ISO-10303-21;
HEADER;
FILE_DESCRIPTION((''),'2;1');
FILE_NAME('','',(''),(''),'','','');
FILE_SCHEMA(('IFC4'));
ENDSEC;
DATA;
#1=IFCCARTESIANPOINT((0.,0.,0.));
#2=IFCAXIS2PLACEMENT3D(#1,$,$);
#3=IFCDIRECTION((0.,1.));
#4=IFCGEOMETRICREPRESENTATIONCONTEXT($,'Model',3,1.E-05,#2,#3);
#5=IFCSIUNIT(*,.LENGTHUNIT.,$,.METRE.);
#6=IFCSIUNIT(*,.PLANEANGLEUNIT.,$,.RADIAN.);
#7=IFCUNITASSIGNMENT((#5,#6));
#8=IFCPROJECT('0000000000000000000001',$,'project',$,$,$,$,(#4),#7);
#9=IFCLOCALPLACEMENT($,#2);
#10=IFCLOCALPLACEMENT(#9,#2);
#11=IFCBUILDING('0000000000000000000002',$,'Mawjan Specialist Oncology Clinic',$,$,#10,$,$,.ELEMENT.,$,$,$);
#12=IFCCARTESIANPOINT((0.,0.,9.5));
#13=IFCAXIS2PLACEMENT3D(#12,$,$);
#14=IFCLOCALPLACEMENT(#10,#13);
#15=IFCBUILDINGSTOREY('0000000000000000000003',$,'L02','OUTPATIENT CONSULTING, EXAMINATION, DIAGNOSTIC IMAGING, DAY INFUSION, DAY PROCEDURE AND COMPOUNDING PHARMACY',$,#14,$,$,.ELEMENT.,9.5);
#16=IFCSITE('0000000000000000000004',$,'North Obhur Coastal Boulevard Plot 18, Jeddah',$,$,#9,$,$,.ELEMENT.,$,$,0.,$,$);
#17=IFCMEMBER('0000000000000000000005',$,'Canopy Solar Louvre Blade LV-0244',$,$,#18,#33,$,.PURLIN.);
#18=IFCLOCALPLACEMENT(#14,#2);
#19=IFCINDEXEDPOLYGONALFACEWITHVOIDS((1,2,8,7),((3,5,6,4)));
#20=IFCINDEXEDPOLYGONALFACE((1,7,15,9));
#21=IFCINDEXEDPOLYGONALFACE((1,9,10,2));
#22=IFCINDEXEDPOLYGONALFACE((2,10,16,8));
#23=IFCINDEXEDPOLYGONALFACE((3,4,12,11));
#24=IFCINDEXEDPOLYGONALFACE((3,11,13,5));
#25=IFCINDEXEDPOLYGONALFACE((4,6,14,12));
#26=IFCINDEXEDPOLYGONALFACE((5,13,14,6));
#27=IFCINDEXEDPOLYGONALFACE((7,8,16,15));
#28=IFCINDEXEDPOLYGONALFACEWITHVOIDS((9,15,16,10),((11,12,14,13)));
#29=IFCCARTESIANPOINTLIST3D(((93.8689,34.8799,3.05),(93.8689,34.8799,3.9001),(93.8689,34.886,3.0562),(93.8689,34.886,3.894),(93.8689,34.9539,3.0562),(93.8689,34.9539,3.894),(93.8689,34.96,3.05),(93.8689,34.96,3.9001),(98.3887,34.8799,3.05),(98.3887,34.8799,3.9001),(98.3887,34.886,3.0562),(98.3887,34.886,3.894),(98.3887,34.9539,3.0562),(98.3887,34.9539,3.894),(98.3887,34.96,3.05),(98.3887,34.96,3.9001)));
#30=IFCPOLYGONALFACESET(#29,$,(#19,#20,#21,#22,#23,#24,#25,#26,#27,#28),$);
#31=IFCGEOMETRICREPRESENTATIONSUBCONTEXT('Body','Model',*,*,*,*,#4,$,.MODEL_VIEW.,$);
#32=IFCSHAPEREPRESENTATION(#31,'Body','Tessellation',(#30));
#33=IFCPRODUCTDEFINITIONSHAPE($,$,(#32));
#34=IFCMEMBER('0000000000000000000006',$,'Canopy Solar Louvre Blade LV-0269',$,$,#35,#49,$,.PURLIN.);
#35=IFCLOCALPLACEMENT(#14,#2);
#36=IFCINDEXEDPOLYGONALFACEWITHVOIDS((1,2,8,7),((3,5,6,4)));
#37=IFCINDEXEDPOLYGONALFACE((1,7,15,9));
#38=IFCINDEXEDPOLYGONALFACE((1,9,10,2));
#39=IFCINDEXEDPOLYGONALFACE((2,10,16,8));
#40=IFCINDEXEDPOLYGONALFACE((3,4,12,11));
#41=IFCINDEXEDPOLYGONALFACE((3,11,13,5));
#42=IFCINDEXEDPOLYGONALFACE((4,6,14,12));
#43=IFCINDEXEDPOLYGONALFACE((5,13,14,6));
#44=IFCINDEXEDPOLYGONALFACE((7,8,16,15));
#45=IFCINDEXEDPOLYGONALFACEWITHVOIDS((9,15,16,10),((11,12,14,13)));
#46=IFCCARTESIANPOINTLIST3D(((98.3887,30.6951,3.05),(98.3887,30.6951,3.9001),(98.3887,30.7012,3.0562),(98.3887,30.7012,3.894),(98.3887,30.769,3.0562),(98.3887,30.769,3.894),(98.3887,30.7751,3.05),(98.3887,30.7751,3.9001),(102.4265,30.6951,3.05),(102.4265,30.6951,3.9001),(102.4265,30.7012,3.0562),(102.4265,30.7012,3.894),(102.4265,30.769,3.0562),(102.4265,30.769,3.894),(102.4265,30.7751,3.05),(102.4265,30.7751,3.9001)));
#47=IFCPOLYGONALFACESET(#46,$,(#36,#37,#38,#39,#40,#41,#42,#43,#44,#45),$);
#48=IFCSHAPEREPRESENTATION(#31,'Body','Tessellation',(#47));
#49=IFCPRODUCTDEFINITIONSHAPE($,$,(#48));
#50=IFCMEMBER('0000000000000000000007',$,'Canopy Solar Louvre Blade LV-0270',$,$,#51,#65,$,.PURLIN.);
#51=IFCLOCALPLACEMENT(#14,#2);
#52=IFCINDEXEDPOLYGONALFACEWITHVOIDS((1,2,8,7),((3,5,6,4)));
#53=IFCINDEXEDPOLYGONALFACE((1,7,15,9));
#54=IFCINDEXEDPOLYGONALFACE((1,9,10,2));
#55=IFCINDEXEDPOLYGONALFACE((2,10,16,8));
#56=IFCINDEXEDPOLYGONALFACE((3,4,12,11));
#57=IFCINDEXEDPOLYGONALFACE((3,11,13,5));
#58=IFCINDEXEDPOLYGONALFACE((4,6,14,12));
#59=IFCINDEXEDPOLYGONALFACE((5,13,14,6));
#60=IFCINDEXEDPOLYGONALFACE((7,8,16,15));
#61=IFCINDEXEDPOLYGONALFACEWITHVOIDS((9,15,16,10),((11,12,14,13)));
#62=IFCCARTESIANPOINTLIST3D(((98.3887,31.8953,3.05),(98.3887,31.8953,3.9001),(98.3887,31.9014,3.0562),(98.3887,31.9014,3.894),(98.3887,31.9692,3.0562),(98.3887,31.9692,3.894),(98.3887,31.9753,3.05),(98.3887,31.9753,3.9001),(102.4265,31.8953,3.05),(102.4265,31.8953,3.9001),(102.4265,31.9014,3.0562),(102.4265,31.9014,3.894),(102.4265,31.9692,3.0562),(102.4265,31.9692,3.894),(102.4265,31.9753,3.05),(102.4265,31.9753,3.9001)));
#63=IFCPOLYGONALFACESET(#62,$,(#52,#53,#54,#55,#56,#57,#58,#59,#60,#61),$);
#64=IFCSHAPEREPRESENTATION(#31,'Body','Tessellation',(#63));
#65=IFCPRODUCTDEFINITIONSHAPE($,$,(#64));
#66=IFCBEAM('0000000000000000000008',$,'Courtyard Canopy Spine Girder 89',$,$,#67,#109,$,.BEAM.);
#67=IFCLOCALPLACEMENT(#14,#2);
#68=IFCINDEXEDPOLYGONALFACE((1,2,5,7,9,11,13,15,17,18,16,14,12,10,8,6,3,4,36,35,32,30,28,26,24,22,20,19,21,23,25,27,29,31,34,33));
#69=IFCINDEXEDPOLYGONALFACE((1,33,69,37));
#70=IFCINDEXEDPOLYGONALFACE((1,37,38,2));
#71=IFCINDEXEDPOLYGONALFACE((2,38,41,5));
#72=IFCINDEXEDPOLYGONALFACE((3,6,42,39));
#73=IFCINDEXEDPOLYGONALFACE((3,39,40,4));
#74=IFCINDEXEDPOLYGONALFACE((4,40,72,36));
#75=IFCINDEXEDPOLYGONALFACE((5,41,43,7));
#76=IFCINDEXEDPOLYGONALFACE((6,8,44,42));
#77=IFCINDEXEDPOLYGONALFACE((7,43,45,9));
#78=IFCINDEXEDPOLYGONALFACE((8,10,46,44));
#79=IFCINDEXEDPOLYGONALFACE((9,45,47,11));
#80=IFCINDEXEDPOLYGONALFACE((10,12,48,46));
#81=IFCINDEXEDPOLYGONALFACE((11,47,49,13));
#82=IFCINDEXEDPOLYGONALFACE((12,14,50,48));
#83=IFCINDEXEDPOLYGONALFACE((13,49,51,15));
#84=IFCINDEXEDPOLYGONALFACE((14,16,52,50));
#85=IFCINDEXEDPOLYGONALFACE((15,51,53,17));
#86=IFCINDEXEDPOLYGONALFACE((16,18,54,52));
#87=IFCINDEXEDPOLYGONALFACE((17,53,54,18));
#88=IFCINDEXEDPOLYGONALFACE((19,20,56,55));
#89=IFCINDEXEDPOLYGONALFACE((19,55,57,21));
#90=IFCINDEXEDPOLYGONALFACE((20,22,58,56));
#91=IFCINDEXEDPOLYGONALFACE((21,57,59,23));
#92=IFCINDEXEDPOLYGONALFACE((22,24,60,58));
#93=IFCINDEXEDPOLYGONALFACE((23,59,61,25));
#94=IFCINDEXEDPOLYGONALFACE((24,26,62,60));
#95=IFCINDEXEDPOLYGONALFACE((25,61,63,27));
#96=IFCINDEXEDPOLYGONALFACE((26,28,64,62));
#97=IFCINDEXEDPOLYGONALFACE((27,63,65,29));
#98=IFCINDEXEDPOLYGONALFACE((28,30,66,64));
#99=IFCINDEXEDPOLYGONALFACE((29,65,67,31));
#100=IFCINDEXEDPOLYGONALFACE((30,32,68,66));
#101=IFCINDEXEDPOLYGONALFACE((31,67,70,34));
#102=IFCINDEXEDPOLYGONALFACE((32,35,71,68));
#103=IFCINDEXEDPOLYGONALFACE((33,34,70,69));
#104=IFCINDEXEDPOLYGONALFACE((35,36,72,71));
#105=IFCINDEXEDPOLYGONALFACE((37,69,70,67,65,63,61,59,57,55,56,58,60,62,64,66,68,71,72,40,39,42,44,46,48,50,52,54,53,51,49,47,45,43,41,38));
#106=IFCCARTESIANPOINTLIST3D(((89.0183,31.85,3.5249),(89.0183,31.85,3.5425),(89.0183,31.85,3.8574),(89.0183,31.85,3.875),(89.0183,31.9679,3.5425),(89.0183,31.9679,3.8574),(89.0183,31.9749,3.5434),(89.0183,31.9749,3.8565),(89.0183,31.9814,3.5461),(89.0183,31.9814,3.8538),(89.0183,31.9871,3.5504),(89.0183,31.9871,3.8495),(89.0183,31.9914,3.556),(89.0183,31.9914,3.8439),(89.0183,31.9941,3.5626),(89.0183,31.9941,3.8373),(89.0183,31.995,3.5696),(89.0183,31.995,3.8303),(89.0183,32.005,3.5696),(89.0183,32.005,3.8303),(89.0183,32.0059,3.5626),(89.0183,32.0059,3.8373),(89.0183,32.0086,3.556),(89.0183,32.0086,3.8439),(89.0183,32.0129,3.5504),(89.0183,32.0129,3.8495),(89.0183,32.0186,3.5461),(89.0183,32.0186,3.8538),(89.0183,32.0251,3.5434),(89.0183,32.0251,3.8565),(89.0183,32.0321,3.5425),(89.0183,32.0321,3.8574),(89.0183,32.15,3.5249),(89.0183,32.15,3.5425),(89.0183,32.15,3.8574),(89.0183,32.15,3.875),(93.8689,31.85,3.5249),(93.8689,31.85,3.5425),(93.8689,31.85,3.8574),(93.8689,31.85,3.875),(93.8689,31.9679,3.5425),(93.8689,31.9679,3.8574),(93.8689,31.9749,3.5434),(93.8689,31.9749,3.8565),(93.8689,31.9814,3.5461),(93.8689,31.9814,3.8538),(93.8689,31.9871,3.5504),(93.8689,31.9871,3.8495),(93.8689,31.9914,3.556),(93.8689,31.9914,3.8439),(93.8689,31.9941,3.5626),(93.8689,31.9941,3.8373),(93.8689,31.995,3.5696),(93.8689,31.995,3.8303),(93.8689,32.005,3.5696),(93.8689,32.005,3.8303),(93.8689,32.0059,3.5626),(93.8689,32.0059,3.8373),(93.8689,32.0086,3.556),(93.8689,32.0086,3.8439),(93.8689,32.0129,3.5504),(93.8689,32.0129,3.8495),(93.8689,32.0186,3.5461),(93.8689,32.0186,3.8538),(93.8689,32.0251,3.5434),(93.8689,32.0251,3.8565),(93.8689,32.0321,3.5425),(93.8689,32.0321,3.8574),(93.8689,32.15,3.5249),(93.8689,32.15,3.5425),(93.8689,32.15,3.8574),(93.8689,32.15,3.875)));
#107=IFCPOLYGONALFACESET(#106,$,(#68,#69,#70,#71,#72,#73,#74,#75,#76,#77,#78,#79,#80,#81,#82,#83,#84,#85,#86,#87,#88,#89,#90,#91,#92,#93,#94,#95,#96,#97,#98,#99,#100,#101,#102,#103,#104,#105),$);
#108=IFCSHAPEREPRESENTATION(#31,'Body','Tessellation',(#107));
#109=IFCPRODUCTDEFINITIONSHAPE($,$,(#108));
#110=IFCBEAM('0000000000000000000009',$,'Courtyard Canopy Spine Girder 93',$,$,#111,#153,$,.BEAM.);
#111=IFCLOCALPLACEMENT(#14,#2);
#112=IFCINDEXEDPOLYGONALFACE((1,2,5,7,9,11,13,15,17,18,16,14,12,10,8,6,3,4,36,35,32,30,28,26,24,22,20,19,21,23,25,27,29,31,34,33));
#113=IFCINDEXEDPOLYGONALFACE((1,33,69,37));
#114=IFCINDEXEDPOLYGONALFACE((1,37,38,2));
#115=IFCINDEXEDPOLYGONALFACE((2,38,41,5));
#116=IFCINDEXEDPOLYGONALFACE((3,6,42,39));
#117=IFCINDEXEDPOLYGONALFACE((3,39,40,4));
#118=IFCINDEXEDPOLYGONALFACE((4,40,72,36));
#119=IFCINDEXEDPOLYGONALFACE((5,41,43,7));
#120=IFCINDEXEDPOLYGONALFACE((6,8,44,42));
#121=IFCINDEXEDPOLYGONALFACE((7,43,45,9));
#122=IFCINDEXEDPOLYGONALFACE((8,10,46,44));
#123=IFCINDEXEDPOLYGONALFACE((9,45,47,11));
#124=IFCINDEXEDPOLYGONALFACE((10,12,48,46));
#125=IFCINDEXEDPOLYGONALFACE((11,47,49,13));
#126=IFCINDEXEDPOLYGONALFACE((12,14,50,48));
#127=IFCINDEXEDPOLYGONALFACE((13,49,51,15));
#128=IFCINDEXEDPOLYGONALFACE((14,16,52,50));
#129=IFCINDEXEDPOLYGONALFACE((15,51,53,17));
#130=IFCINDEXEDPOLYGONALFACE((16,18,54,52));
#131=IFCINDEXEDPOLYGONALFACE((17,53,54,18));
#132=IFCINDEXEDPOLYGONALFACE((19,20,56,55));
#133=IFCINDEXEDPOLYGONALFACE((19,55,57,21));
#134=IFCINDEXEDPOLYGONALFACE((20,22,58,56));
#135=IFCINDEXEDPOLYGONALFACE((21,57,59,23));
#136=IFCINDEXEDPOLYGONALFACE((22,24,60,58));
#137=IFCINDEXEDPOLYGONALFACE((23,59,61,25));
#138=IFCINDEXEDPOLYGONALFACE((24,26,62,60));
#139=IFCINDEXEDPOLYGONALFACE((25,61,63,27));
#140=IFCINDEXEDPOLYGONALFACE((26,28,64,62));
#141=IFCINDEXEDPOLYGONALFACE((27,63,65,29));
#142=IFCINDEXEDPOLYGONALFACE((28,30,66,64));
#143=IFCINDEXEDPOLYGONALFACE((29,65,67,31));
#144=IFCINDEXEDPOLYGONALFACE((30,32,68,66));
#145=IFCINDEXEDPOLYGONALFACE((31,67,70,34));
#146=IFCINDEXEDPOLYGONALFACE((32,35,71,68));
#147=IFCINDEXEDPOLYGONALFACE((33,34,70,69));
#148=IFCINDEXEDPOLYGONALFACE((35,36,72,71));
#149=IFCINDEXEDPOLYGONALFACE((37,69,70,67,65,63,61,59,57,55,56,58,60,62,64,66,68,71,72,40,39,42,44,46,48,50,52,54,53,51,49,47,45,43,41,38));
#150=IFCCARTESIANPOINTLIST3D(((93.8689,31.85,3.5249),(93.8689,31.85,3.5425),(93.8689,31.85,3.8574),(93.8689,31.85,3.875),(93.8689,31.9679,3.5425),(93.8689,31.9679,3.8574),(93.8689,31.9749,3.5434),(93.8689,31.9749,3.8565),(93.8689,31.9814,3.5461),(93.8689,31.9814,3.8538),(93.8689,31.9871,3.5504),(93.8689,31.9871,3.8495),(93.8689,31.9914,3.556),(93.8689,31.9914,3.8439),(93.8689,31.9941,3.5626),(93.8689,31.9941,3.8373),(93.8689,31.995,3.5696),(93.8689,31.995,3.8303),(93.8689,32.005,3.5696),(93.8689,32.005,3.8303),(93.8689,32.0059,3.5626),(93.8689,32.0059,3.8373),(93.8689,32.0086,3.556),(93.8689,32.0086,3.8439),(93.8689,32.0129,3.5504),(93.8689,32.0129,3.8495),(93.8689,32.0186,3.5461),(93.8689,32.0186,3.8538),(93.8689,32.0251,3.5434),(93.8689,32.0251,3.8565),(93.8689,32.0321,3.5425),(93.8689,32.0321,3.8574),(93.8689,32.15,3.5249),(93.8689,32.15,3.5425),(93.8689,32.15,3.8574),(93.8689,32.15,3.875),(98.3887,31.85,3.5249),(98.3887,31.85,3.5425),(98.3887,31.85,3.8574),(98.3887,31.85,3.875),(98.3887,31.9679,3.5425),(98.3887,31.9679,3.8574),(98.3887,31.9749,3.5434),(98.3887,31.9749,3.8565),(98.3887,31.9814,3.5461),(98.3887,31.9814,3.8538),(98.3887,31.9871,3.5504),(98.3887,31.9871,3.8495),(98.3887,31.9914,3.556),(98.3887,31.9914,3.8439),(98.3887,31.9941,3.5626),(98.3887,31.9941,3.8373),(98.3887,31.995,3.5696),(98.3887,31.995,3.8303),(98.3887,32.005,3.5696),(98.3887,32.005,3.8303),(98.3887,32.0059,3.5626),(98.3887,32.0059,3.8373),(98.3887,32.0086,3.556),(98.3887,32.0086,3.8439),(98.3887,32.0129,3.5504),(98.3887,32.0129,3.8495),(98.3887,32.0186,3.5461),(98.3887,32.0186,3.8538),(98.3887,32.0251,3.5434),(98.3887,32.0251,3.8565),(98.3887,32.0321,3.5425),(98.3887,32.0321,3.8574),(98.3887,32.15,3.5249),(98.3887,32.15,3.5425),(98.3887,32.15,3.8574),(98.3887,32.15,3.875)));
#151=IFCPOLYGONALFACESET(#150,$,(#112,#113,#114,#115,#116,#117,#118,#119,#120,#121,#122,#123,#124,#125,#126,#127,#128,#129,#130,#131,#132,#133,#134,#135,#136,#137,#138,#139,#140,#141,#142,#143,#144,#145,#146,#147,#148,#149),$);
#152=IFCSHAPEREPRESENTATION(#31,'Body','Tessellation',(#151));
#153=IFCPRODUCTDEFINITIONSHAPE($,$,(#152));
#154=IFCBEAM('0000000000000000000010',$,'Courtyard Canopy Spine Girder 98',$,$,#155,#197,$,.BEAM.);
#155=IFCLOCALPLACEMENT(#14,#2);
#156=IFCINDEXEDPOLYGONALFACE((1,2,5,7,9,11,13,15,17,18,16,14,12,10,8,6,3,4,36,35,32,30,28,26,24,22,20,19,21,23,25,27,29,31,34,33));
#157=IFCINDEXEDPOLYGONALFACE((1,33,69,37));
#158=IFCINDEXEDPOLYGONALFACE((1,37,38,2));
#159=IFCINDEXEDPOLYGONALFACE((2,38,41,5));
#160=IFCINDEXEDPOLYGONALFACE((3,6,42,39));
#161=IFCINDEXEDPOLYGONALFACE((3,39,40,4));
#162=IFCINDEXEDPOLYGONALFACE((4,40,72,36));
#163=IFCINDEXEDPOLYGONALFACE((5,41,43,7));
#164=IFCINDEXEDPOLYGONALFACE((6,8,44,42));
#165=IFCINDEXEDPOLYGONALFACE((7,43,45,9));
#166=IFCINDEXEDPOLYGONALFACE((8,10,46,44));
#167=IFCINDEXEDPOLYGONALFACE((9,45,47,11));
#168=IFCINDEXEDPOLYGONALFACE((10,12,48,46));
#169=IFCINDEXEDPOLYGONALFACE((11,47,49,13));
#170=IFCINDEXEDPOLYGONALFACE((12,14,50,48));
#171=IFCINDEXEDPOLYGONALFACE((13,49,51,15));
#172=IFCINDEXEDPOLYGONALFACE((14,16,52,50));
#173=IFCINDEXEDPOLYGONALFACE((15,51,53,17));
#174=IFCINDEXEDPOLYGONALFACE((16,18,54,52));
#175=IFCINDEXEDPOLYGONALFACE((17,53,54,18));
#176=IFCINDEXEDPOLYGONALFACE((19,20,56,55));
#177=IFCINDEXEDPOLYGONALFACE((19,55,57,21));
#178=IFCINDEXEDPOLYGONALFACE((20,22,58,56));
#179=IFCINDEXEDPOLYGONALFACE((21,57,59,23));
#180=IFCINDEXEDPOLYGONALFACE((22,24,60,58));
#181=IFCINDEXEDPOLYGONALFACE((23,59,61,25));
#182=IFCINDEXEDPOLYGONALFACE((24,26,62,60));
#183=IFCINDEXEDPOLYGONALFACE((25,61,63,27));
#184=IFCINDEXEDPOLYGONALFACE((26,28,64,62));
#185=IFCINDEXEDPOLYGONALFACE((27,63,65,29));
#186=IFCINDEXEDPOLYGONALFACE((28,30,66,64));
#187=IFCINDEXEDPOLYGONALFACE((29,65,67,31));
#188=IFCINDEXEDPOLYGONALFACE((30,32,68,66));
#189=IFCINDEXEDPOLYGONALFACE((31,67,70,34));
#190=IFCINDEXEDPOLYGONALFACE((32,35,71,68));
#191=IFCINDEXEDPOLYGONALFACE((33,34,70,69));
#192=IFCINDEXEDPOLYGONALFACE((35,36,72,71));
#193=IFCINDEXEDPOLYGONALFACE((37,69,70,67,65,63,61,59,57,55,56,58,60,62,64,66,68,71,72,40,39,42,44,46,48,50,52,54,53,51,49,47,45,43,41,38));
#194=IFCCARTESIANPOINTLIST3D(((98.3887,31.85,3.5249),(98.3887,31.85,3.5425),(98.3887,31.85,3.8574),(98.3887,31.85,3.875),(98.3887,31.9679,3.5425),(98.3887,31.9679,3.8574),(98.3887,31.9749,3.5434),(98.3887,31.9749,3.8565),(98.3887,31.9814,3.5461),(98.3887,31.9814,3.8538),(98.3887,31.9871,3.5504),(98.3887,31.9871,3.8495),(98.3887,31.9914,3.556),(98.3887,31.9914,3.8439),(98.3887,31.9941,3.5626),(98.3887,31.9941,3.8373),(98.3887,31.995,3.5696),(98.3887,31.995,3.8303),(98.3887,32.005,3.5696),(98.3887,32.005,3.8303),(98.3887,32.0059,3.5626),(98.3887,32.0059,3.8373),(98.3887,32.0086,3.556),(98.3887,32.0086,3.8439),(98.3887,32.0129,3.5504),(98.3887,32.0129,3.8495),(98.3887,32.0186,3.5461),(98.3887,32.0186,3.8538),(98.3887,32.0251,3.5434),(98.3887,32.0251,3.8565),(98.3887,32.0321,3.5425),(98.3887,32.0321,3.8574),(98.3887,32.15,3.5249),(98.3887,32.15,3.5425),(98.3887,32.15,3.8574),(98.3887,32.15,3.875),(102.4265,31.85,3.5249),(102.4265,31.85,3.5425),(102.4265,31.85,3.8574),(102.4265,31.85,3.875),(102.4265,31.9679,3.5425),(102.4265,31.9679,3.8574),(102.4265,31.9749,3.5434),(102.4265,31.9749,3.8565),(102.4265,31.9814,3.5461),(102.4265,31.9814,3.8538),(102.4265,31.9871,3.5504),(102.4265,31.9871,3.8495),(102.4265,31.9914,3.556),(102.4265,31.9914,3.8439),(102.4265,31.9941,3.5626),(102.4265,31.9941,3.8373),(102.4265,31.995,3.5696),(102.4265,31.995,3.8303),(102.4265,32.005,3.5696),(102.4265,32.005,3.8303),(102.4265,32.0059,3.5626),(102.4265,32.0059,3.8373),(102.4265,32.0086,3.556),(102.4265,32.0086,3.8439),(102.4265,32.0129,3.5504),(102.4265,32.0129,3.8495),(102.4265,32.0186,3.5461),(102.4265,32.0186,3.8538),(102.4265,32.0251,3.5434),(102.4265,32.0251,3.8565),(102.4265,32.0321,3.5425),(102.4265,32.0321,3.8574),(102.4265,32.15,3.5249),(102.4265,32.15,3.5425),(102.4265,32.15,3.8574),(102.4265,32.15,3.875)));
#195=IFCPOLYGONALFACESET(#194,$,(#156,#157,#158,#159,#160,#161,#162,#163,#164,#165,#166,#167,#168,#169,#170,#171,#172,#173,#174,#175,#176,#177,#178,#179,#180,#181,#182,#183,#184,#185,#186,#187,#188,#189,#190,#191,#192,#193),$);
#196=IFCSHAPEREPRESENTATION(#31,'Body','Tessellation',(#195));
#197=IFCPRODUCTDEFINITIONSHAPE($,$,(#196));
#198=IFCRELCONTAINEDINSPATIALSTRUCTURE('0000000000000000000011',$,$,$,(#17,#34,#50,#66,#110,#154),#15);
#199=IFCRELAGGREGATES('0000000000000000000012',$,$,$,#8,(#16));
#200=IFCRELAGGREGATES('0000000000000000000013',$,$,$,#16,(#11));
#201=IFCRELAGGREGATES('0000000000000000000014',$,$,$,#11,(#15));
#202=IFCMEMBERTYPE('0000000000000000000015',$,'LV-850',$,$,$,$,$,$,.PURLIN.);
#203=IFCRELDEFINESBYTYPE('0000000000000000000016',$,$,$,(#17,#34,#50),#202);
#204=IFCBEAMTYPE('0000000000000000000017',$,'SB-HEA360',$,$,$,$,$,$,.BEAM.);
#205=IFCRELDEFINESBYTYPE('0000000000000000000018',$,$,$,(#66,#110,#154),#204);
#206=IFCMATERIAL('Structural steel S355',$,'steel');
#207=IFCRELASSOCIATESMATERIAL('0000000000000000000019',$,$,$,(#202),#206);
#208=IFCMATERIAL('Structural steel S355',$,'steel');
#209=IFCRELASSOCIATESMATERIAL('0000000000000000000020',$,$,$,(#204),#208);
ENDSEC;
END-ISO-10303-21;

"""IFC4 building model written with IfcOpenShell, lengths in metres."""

from ifc_helpers import new_model, si_unit, direction, frame, origin, origin_2d, place, context, subcontext, project, spatial, hollow_rectangle, i_section, extrude, material, material_profile, profile_set, type_object, element, save


model = new_model("IFC4")

# Units and contexts
model_context = context("Model", 3, precision=1e-05, world=origin(), true_north=direction((0.0, 1.0)))
body_context = subcontext(model_context, "Body", "Model", "MODEL_VIEW")
ifc_project = project(units=[si_unit("LENGTHUNIT", "METRE"), si_unit("PLANEANGLEUNIT", "RADIAN")], contexts=[model_context])

# Site, building, storey
site_placement = place(None, origin())
site = spatial("IfcSite", under=ifc_project, at=site_placement, Name="North Obhur Coastal Boulevard Plot 18, Jeddah", CompositionType="ELEMENT", RefElevation=0.0)
building_placement = place(site_placement, origin())
building = spatial("IfcBuilding", under=site, at=building_placement, Name="Mawjan Specialist Oncology Clinic", CompositionType="ELEMENT")
storey_placement = place(building_placement, frame((0.0, 0.0, 9.5)))
storey = spatial("IfcBuildingStorey", under=building, at=storey_placement, Name="L02", Description="OUTPATIENT CONSULTING, EXAMINATION, DIAGNOSTIC IMAGING, DAY INFUSION, DAY PROCEDURE AND COMPOUNDING PHARMACY", CompositionType="ELEMENT", Elevation=9.5)

# Members
ifc_material_1 = material(Name="Structural steel S355", Category="steel")
ifc_material_profile_1 = material_profile(ifc_material_1, hollow_rectangle(XDim=0.0801, YDim=0.8501, WallThickness=0.0061, at=origin_2d()), Name="LOUVRE 850x80x6", Category="steel")
ifc_profile_set_1 = profile_set([ifc_material_profile_1], Name="Structural steel S355")
member_type_1 = type_object("IfcMemberType", Name="LV-850", PredefinedType="PURLIN", material=ifc_profile_set_1)
for number, where, z_axis, x_axis, name in (
    (1, (93.8689, 34.9199, 3.4751), (1.0, 0.0, 0.0), (0.0, 1.0, 0.0), "Canopy Solar Louvre Blade LV-0244"),
):
    element("IfcMember", number, at=place(storey_placement, frame(where, z_axis=z_axis, x_axis=x_axis)), inside=storey, type_object=member_type_1, Name=name, PredefinedType="PURLIN", context=body_context, shape_type="SweptSolid", body=[
        extrude(hollow_rectangle(XDim=0.0801, YDim=0.8501, WallThickness=0.0061, at=origin_2d()), origin(), (0.0, 0.0, 1.0), 4.5198),
    ])
for number, where, z_axis, x_axis, name in (
    (2, (98.3887, 30.7351, 3.4751), (1.0, 0.0, 0.0), (0.0, 1.0, 0.0), "Canopy Solar Louvre Blade LV-0269"),
    (3, (98.3887, 31.9353, 3.4751), (1.0, 0.0, 0.0), (0.0, 1.0, 0.0), "Canopy Solar Louvre Blade LV-0270"),
):
    element("IfcMember", number, at=place(storey_placement, frame(where, z_axis=z_axis, x_axis=x_axis)), inside=storey, type_object=member_type_1, Name=name, PredefinedType="PURLIN", context=body_context, shape_type="SweptSolid", body=[
        extrude(hollow_rectangle(XDim=0.0801, YDim=0.8501, WallThickness=0.0061, at=origin_2d()), origin(), (0.0, 0.0, 1.0), 4.0378),
    ])

# Beams
ifc_material_2 = material(Name="Structural steel S355", Category="steel")
ifc_material_profile_2 = material_profile(ifc_material_2, i_section(OverallWidth=0.3, OverallDepth=0.3501, WebThickness=0.01, FlangeThickness=0.0176, FilletRadius=0.0271, at=origin_2d()), Name="HEA 360", Category="steel")
ifc_profile_set_2 = profile_set([ifc_material_profile_2], Name="Structural steel S355")
beam_type_1 = type_object("IfcBeamType", Name="SB-HEA360", PredefinedType="BEAM", material=ifc_profile_set_2)
beam_1_placement = place(storey_placement, frame((89.0183, 32.0, 3.7), z_axis=(1.0, 0.0, 0.0), x_axis=(0.0, 1.0, 0.0)))
element("IfcBeam", 4, at=beam_1_placement, inside=storey, type_object=beam_type_1, Name="Courtyard Canopy Spine Girder 89", PredefinedType="BEAM", context=body_context, shape_type="SweptSolid", body=[
    extrude(i_section(OverallWidth=0.3, OverallDepth=0.3501, WebThickness=0.01, FlangeThickness=0.0176, FilletRadius=0.0271, at=origin_2d()), origin(), (0.0, 0.0, 1.0), 4.8506),
])
beam_2_placement = place(storey_placement, frame((93.8689, 32.0, 3.7), z_axis=(1.0, 0.0, 0.0), x_axis=(0.0, 1.0, 0.0)))
element("IfcBeam", 5, at=beam_2_placement, inside=storey, type_object=beam_type_1, Name="Courtyard Canopy Spine Girder 93", PredefinedType="BEAM", context=body_context, shape_type="SweptSolid", body=[
    extrude(i_section(OverallWidth=0.3, OverallDepth=0.3501, WebThickness=0.01, FlangeThickness=0.0176, FilletRadius=0.0271, at=origin_2d()), origin(), (0.0, 0.0, 1.0), 4.5198),
])
beam_3_placement = place(storey_placement, frame((98.3887, 32.0, 3.7), z_axis=(1.0, 0.0, 0.0), x_axis=(0.0, 1.0, 0.0)))
element("IfcBeam", 6, at=beam_3_placement, inside=storey, type_object=beam_type_1, Name="Courtyard Canopy Spine Girder 98", PredefinedType="BEAM", context=body_context, shape_type="SweptSolid", body=[
    extrude(i_section(OverallWidth=0.3, OverallDepth=0.3501, WebThickness=0.01, FlangeThickness=0.0176, FilletRadius=0.0271, at=origin_2d()), origin(), (0.0, 0.0, 1.0), 4.0378),
])

save(model, "model.ifc")
